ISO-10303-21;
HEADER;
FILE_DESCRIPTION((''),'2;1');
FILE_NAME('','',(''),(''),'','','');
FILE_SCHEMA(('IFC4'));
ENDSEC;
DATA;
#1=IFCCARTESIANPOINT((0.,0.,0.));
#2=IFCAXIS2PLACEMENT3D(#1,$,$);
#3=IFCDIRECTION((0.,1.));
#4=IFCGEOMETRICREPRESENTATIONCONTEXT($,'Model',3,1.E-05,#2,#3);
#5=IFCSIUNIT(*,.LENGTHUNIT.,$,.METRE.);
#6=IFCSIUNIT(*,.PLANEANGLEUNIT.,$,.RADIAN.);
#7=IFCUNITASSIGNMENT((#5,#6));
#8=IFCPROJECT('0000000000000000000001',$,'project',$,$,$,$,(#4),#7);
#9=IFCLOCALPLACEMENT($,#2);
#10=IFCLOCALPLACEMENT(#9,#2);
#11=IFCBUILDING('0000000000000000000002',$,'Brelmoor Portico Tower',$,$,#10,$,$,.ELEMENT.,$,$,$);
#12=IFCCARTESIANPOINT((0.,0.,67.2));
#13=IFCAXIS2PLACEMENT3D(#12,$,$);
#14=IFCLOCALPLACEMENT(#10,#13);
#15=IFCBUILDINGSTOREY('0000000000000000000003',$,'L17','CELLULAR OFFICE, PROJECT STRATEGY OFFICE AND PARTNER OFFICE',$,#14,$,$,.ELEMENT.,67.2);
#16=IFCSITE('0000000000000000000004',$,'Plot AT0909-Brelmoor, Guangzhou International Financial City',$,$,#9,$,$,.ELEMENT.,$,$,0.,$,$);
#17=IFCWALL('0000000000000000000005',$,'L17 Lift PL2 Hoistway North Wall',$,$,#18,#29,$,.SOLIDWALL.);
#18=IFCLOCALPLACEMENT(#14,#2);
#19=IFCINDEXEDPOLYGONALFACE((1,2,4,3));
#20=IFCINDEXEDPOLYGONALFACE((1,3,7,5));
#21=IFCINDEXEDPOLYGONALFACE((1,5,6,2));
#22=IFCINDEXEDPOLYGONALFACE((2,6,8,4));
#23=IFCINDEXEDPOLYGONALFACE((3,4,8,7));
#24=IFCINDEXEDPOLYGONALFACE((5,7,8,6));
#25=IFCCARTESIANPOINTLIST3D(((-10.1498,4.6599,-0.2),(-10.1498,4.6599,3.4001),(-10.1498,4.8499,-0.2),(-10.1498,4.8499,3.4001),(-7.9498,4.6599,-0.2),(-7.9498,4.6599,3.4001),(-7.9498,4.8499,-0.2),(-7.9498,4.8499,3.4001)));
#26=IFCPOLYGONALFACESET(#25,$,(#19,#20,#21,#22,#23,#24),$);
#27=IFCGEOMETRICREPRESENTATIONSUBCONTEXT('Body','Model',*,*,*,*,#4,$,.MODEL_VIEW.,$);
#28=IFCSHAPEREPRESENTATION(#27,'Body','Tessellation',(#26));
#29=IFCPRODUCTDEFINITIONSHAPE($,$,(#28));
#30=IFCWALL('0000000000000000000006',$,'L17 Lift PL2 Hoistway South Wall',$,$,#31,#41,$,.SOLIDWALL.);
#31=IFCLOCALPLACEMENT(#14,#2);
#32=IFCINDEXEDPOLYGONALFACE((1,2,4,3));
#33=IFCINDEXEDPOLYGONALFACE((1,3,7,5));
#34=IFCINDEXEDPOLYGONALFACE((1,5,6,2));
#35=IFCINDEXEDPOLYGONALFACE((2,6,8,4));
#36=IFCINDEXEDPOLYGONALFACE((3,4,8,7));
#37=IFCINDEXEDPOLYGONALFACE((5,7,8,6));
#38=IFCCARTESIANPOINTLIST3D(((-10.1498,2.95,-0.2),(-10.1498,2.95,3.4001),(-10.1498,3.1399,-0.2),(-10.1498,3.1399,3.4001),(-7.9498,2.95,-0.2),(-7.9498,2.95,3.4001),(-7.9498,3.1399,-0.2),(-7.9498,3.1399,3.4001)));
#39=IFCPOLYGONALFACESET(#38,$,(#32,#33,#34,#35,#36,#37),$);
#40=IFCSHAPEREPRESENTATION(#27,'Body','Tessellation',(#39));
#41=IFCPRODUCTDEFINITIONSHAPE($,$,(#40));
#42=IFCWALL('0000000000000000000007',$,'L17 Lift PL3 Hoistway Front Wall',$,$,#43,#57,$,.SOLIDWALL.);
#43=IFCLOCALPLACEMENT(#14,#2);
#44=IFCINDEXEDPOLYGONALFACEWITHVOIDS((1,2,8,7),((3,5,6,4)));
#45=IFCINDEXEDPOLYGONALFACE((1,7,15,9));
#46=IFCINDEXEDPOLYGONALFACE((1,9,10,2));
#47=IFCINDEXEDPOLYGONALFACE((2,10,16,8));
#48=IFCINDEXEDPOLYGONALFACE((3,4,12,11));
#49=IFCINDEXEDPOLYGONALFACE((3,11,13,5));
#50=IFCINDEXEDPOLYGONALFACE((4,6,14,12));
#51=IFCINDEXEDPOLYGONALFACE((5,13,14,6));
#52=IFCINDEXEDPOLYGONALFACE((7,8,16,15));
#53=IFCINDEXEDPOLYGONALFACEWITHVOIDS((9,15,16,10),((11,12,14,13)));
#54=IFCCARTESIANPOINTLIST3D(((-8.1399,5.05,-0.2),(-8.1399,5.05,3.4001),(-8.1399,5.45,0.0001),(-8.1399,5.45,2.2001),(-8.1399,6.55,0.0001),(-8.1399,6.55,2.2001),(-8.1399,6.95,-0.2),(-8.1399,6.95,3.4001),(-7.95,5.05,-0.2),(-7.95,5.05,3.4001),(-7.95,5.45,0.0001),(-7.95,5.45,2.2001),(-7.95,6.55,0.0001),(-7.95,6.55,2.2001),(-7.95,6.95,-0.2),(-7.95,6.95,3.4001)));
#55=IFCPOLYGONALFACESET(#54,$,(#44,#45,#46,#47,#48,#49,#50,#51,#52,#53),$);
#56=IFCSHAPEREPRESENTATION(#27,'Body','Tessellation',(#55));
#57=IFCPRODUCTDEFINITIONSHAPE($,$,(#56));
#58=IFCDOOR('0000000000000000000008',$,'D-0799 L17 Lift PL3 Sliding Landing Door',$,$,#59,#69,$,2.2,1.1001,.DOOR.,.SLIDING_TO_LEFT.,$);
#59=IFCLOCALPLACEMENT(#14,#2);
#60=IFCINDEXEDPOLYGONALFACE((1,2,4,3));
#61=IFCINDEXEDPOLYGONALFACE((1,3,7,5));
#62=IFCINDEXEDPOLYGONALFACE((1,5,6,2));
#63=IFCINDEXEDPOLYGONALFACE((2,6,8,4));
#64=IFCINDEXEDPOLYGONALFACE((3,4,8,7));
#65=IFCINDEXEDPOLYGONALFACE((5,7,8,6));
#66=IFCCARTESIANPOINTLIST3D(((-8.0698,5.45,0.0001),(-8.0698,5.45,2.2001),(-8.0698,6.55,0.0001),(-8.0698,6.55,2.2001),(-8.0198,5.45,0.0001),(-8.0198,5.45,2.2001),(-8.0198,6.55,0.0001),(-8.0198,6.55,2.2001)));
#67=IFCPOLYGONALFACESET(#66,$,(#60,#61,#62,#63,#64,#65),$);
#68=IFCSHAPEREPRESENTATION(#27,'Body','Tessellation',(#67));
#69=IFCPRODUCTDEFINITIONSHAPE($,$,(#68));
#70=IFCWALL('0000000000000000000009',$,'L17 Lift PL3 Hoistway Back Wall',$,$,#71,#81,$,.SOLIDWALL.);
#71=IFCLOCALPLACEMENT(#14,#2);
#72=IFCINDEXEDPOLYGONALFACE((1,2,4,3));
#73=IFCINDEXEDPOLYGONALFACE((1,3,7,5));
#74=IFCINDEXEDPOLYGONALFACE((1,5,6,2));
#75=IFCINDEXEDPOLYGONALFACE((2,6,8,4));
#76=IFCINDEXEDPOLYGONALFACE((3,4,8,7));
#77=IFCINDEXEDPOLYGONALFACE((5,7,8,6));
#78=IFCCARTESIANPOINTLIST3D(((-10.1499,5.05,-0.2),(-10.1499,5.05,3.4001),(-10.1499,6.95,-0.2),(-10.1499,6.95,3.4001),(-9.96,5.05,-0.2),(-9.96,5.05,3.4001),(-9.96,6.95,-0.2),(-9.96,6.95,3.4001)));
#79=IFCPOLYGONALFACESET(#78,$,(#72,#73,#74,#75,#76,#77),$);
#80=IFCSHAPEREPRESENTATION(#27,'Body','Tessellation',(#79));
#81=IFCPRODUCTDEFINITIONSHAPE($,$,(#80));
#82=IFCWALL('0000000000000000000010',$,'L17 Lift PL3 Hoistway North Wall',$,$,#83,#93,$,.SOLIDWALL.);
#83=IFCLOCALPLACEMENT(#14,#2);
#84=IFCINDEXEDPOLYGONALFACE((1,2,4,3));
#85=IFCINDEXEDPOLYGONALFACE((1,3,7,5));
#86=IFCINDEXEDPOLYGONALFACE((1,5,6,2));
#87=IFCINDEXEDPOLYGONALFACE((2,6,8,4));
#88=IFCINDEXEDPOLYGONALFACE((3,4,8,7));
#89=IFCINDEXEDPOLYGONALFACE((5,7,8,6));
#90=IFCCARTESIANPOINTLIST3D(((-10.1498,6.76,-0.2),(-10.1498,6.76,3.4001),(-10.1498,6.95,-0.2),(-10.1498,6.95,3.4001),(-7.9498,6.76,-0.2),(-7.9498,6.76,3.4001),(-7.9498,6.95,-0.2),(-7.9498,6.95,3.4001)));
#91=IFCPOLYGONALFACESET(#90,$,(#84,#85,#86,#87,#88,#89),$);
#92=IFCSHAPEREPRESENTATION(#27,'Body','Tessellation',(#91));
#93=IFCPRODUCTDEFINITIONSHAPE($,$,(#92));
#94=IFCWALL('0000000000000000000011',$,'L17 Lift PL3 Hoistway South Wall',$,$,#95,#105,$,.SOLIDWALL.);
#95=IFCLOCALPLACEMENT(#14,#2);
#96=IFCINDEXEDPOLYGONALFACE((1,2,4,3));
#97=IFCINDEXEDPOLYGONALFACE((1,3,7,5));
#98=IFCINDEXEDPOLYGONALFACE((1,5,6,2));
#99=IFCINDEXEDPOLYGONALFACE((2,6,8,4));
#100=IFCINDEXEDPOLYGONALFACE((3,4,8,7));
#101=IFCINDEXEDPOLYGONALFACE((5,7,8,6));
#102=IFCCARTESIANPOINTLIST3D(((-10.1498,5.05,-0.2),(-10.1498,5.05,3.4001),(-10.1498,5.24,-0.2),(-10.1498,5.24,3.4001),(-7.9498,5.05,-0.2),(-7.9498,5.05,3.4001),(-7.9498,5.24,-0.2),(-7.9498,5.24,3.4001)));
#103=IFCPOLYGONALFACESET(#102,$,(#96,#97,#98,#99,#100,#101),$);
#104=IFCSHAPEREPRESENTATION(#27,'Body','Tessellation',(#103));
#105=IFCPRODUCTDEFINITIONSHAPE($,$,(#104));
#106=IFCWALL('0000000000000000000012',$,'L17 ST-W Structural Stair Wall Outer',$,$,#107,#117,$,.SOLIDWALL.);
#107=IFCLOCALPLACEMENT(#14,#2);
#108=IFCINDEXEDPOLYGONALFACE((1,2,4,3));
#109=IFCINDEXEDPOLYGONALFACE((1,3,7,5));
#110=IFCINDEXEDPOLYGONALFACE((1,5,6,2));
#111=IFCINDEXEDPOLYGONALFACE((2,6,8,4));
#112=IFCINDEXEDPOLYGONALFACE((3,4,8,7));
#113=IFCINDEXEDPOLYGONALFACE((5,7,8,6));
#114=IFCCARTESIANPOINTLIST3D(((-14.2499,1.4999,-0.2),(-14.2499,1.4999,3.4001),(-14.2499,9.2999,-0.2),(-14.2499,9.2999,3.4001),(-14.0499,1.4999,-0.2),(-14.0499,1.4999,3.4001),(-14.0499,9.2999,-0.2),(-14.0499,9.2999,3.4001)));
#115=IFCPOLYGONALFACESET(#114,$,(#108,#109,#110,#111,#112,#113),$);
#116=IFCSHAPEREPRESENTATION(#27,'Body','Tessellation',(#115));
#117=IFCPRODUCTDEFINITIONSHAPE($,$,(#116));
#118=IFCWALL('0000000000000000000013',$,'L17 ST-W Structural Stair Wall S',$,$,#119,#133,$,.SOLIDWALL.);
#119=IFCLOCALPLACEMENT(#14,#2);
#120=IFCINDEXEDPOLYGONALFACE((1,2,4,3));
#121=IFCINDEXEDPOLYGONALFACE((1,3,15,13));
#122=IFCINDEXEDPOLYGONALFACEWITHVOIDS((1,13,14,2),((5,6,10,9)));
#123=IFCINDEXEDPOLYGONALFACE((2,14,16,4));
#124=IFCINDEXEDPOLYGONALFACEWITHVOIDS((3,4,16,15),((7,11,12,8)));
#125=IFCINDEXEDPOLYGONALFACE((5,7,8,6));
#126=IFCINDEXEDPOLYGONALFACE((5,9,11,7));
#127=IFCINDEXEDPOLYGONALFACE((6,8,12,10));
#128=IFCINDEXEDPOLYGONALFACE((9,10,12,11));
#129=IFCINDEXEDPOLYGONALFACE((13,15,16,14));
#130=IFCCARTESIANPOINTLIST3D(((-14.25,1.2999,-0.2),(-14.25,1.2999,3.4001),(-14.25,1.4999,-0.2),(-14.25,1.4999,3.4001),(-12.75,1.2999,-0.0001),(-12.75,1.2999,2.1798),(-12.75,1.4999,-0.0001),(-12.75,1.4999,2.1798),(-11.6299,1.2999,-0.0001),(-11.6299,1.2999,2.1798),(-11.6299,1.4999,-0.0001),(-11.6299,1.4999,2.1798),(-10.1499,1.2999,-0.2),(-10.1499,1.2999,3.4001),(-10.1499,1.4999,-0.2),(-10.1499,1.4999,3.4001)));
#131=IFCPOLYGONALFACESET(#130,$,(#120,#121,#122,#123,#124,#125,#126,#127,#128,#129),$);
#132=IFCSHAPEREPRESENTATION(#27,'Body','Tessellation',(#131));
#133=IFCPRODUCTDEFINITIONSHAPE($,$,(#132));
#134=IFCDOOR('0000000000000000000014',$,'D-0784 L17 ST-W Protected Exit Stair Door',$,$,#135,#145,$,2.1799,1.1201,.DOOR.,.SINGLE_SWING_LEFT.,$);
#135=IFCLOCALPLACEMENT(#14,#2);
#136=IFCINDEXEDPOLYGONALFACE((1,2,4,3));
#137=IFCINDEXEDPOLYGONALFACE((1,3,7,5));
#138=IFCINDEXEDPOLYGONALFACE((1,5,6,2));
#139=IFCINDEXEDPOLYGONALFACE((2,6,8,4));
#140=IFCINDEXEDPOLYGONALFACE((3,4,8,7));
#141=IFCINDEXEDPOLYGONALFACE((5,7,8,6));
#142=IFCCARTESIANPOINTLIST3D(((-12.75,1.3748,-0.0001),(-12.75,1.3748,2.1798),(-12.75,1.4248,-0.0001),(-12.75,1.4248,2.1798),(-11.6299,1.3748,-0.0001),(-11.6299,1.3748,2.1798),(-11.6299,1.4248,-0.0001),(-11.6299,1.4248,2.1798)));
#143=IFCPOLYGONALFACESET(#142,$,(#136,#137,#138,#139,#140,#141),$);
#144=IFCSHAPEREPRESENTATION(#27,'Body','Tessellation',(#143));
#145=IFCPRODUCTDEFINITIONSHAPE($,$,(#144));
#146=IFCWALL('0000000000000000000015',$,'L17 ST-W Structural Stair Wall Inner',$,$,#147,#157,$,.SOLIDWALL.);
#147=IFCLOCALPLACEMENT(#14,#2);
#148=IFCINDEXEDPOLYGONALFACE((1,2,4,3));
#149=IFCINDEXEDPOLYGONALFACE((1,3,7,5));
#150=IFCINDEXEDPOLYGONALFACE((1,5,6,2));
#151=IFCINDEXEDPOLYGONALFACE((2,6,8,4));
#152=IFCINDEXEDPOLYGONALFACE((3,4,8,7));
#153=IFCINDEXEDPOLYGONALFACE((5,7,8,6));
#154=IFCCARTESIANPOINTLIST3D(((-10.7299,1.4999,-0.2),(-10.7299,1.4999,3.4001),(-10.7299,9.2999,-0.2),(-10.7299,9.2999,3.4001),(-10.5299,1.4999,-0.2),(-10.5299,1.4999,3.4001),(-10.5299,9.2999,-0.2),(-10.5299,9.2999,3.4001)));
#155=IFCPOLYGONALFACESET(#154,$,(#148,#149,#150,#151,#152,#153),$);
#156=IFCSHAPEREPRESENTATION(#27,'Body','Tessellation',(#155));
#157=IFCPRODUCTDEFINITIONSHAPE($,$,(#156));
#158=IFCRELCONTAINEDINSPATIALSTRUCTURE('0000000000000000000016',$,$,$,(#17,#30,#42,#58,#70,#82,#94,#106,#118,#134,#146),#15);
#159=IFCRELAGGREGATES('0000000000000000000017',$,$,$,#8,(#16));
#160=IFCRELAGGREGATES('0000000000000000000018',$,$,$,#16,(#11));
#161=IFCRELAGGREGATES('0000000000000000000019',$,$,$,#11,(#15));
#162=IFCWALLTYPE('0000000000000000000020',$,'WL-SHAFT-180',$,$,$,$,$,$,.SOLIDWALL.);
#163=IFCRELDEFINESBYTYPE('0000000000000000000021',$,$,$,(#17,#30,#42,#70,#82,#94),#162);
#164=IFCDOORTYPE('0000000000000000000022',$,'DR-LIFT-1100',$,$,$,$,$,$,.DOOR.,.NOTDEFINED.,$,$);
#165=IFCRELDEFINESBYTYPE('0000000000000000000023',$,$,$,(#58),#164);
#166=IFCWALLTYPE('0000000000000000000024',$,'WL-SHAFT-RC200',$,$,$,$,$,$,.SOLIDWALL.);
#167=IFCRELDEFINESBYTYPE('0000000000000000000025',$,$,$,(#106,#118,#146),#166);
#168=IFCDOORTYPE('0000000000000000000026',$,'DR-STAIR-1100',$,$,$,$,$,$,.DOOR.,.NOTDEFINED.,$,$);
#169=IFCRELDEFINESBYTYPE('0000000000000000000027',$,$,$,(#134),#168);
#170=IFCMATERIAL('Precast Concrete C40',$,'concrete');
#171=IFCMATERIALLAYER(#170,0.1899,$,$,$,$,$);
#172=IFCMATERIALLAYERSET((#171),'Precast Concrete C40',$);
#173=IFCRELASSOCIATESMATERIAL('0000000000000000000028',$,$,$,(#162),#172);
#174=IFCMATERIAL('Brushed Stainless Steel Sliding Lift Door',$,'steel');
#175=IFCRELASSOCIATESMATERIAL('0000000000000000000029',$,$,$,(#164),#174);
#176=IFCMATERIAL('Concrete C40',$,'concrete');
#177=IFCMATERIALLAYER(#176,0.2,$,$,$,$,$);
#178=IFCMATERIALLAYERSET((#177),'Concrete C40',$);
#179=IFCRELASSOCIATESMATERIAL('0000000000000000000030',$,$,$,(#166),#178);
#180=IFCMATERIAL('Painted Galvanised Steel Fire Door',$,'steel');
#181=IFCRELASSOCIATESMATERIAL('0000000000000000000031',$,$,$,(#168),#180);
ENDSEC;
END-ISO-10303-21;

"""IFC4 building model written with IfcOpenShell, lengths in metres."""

from ifc_helpers import new_model, si_unit, direction, frame, frame_2d, origin, place, context, subcontext, project, spatial, rectangle, extrude, material, layer, layer_set, type_object, element, fill, save


model = new_model("IFC4")

# Units and contexts
model_context = context("Model", 3, precision=1e-05, world=origin(), true_north=direction((0.0, 1.0)))
body_context = subcontext(model_context, "Body", "Model", "MODEL_VIEW")
ifc_project = project(units=[si_unit("LENGTHUNIT", "METRE"), si_unit("PLANEANGLEUNIT", "RADIAN")], contexts=[model_context])

# Site, building, storey
site_placement = place(None, origin())
site = spatial("IfcSite", under=ifc_project, at=site_placement, Name="Plot AT0909-Brelmoor, Guangzhou International Financial City", CompositionType="ELEMENT", RefElevation=0.0)
building_placement = place(site_placement, origin())
building = spatial("IfcBuilding", under=site, at=building_placement, Name="Brelmoor Portico Tower", CompositionType="ELEMENT")
storey_placement = place(building_placement, frame((0.0, 0.0, 67.2)))
storey = spatial("IfcBuildingStorey", under=building, at=storey_placement, Name="L17", Description="CELLULAR OFFICE, PROJECT STRATEGY OFFICE AND PARTNER OFFICE", CompositionType="ELEMENT", Elevation=67.2)

# Shared definitions
ifc_material_1 = material(Name="Precast Concrete C40", Category="concrete")
ifc_layer_1 = layer(ifc_material_1, 0.1899)
ifc_layer_set_1 = layer_set([ifc_layer_1], Name="Precast Concrete C40")
wall_type_1 = type_object("IfcWallType", Name="WL-SHAFT-180", PredefinedType="SOLIDWALL", material=ifc_layer_set_1)
ifc_material_2 = material(Name="Brushed Stainless Steel Sliding Lift Door", Category="steel")
door_type_1 = type_object("IfcDoorType", Name="DR-LIFT-1100", OperationType="NOTDEFINED", PredefinedType="DOOR", material=ifc_material_2)

# Walls
for number, where, z_axis, x_axis, name in (
    (1, (-10.1499, 4.7549, -0.2), (0.0, 0.0, 1.0), (1.0, 0.0, 0.0), "L17 Lift PL2 Hoistway North Wall"),
    (2, (-10.1499, 3.0449, -0.2), (0.0, 0.0, 1.0), (1.0, 0.0, 0.0), "L17 Lift PL2 Hoistway South Wall"),
):
    element("IfcWall", number, at=place(storey_placement, frame(where, z_axis=z_axis, x_axis=x_axis)), inside=storey, type_object=wall_type_1, Name=name, PredefinedType="SOLIDWALL", context=body_context, shape_type="SweptSolid", body=[
        extrude(rectangle(XDim=2.2, YDim=0.1899, at=frame_2d((1.1001, 0.0))), origin(), (0.0, 0.0, 1.0), 3.6001),
    ])

# Wall, opening, door
wall_1_placement = place(storey_placement, frame((-8.0449, 5.05, -0.2), z_axis=(0.0, 0.0, 1.0), x_axis=(0.0, 1.0, 0.0)))
wall_1 = element("IfcWall", 3, at=wall_1_placement, inside=storey, type_object=wall_type_1, Name="L17 Lift PL3 Hoistway Front Wall", PredefinedType="SOLIDWALL", context=body_context, shape_type="SweptSolid", body=[
    extrude(rectangle(XDim=1.8999, YDim=0.1899, at=frame_2d((0.95, 0.0))), origin(), (0.0, 0.0, 1.0), 3.6001),
])
opening_1_placement = place(wall_1_placement, frame((0.3999, 0.0, 0.2)))
opening_1 = element("IfcOpeningElement", 4, at=opening_1_placement, cuts=wall_1, PredefinedType="OPENING", context=body_context, shape_type="SweptSolid", body=[
    extrude(rectangle(XDim=1.1001, YDim=2.2, at=frame_2d((0.55, 1.1001))), frame((0.0, 0.105, 0.0), z_axis=(0.0, -1.0, 0.0), x_axis=(1.0, 0.0, 0.0)), (0.0, 0.0, 1.0), 0.21),
])
door_1_placement = place(opening_1_placement, origin())
door_1 = element("IfcDoor", 5, at=door_1_placement, inside=storey, type_object=door_type_1, Name="D-0799 L17 Lift PL3 Sliding Landing Door", OperationType="SLIDING_TO_LEFT", OverallHeight=2.2, OverallWidth=1.1001, PredefinedType="DOOR", context=body_context, shape_type="SweptSolid", body=[
    extrude(rectangle(XDim=1.1001, YDim=2.2, at=frame_2d((0.55, 1.1001))), frame((0.0, 0.0249, 0.0), z_axis=(0.0, -1.0, 0.0), x_axis=(1.0, 0.0, 0.0)), (0.0, 0.0, 1.0), 0.05),
])
fill(opening_1, door_1)

# Walls
wall_2_placement = place(storey_placement, frame((-10.0549, 5.05, -0.2), z_axis=(0.0, 0.0, 1.0), x_axis=(0.0, 1.0, 0.0)))
element("IfcWall", 6, at=wall_2_placement, inside=storey, type_object=wall_type_1, Name="L17 Lift PL3 Hoistway Back Wall", PredefinedType="SOLIDWALL", context=body_context, shape_type="SweptSolid", body=[
    extrude(rectangle(XDim=1.8999, YDim=0.1899, at=frame_2d((0.95, 0.0))), origin(), (0.0, 0.0, 1.0), 3.6001),
])
for number, where, z_axis, x_axis, name in (
    (7, (-10.1499, 6.855, -0.2), (0.0, 0.0, 1.0), (1.0, 0.0, 0.0), "L17 Lift PL3 Hoistway North Wall"),
    (8, (-10.1499, 5.145, -0.2), (0.0, 0.0, 1.0), (1.0, 0.0, 0.0), "L17 Lift PL3 Hoistway South Wall"),
):
    element("IfcWall", number, at=place(storey_placement, frame(where, z_axis=z_axis, x_axis=x_axis)), inside=storey, type_object=wall_type_1, Name=name, PredefinedType="SOLIDWALL", context=body_context, shape_type="SweptSolid", body=[
        extrude(rectangle(XDim=2.2, YDim=0.1899, at=frame_2d((1.1001, 0.0))), origin(), (0.0, 0.0, 1.0), 3.6001),
    ])
ifc_material_3 = material(Name="Concrete C40", Category="concrete")
ifc_layer_2 = layer(ifc_material_3, 0.2)
ifc_layer_set_2 = layer_set([ifc_layer_2], Name="Concrete C40")
wall_type_2 = type_object("IfcWallType", Name="WL-SHAFT-RC200", PredefinedType="SOLIDWALL", material=ifc_layer_set_2)
wall_3_placement = place(storey_placement, frame((-14.1499, 1.5, -0.2), z_axis=(0.0, 0.0, 1.0), x_axis=(0.0, 1.0, 0.0)))
element("IfcWall", 9, at=wall_3_placement, inside=storey, type_object=wall_type_2, Name="L17 ST-W Structural Stair Wall Outer", PredefinedType="SOLIDWALL", context=body_context, shape_type="SweptSolid", body=[
    extrude(rectangle(XDim=7.8, YDim=0.2, at=frame_2d((3.8999, 0.0))), origin(), (0.0, 0.0, 1.0), 3.6001),
])

# Wall, opening, door
wall_4_placement = place(storey_placement, frame((-14.25, 1.3999, -0.2), z_axis=(0.0, 0.0, 1.0), x_axis=(1.0, 0.0, 0.0)))
wall_4 = element("IfcWall", 10, at=wall_4_placement, inside=storey, type_object=wall_type_2, Name="L17 ST-W Structural Stair Wall S", PredefinedType="SOLIDWALL", context=body_context, shape_type="SweptSolid", body=[
    extrude(rectangle(XDim=4.1001, YDim=0.2, at=frame_2d((2.05, 0.0))), origin(), (0.0, 0.0, 1.0), 3.6001),
])
opening_2_placement = place(wall_4_placement, frame((1.5, 0.0, 0.2)))
opening_2 = element("IfcOpeningElement", 11, at=opening_2_placement, cuts=wall_4, PredefinedType="OPENING", context=body_context, shape_type="SweptSolid", body=[
    extrude(rectangle(XDim=1.1201, YDim=2.1799, at=frame_2d((0.5601, 1.0898))), frame((0.0, 0.1099, 0.0), z_axis=(0.0, -1.0, 0.0), x_axis=(1.0, 0.0, 0.0)), (0.0, 0.0, 1.0), 0.22),
])
ifc_material_4 = material(Name="Painted Galvanised Steel Fire Door", Category="steel")
door_type_2 = type_object("IfcDoorType", Name="DR-STAIR-1100", OperationType="NOTDEFINED", PredefinedType="DOOR", material=ifc_material_4)
door_2_placement = place(opening_2_placement, origin())
door_2 = element("IfcDoor", 12, at=door_2_placement, inside=storey, type_object=door_type_2, Name="D-0784 L17 ST-W Protected Exit Stair Door", OperationType="SINGLE_SWING_LEFT", OverallHeight=2.1799, OverallWidth=1.1201, PredefinedType="DOOR", context=body_context, shape_type="SweptSolid", body=[
    extrude(rectangle(XDim=1.1201, YDim=2.1799, at=frame_2d((0.5601, 1.0898))), frame((0.0, 0.0249, 0.0), z_axis=(0.0, -1.0, 0.0), x_axis=(1.0, 0.0, 0.0)), (0.0, 0.0, 1.0), 0.05),
])
fill(opening_2, door_2)

# Wall
wall_5_placement = place(storey_placement, frame((-10.6299, 1.5, -0.2), z_axis=(0.0, 0.0, 1.0), x_axis=(0.0, 1.0, 0.0)))
element("IfcWall", 13, at=wall_5_placement, inside=storey, type_object=wall_type_2, Name="L17 ST-W Structural Stair Wall Inner", PredefinedType="SOLIDWALL", context=body_context, shape_type="SweptSolid", body=[
    extrude(rectangle(XDim=7.8, YDim=0.2, at=frame_2d((3.8999, 0.0))), origin(), (0.0, 0.0, 1.0), 3.6001),
])

save(model, "model.ifc")
